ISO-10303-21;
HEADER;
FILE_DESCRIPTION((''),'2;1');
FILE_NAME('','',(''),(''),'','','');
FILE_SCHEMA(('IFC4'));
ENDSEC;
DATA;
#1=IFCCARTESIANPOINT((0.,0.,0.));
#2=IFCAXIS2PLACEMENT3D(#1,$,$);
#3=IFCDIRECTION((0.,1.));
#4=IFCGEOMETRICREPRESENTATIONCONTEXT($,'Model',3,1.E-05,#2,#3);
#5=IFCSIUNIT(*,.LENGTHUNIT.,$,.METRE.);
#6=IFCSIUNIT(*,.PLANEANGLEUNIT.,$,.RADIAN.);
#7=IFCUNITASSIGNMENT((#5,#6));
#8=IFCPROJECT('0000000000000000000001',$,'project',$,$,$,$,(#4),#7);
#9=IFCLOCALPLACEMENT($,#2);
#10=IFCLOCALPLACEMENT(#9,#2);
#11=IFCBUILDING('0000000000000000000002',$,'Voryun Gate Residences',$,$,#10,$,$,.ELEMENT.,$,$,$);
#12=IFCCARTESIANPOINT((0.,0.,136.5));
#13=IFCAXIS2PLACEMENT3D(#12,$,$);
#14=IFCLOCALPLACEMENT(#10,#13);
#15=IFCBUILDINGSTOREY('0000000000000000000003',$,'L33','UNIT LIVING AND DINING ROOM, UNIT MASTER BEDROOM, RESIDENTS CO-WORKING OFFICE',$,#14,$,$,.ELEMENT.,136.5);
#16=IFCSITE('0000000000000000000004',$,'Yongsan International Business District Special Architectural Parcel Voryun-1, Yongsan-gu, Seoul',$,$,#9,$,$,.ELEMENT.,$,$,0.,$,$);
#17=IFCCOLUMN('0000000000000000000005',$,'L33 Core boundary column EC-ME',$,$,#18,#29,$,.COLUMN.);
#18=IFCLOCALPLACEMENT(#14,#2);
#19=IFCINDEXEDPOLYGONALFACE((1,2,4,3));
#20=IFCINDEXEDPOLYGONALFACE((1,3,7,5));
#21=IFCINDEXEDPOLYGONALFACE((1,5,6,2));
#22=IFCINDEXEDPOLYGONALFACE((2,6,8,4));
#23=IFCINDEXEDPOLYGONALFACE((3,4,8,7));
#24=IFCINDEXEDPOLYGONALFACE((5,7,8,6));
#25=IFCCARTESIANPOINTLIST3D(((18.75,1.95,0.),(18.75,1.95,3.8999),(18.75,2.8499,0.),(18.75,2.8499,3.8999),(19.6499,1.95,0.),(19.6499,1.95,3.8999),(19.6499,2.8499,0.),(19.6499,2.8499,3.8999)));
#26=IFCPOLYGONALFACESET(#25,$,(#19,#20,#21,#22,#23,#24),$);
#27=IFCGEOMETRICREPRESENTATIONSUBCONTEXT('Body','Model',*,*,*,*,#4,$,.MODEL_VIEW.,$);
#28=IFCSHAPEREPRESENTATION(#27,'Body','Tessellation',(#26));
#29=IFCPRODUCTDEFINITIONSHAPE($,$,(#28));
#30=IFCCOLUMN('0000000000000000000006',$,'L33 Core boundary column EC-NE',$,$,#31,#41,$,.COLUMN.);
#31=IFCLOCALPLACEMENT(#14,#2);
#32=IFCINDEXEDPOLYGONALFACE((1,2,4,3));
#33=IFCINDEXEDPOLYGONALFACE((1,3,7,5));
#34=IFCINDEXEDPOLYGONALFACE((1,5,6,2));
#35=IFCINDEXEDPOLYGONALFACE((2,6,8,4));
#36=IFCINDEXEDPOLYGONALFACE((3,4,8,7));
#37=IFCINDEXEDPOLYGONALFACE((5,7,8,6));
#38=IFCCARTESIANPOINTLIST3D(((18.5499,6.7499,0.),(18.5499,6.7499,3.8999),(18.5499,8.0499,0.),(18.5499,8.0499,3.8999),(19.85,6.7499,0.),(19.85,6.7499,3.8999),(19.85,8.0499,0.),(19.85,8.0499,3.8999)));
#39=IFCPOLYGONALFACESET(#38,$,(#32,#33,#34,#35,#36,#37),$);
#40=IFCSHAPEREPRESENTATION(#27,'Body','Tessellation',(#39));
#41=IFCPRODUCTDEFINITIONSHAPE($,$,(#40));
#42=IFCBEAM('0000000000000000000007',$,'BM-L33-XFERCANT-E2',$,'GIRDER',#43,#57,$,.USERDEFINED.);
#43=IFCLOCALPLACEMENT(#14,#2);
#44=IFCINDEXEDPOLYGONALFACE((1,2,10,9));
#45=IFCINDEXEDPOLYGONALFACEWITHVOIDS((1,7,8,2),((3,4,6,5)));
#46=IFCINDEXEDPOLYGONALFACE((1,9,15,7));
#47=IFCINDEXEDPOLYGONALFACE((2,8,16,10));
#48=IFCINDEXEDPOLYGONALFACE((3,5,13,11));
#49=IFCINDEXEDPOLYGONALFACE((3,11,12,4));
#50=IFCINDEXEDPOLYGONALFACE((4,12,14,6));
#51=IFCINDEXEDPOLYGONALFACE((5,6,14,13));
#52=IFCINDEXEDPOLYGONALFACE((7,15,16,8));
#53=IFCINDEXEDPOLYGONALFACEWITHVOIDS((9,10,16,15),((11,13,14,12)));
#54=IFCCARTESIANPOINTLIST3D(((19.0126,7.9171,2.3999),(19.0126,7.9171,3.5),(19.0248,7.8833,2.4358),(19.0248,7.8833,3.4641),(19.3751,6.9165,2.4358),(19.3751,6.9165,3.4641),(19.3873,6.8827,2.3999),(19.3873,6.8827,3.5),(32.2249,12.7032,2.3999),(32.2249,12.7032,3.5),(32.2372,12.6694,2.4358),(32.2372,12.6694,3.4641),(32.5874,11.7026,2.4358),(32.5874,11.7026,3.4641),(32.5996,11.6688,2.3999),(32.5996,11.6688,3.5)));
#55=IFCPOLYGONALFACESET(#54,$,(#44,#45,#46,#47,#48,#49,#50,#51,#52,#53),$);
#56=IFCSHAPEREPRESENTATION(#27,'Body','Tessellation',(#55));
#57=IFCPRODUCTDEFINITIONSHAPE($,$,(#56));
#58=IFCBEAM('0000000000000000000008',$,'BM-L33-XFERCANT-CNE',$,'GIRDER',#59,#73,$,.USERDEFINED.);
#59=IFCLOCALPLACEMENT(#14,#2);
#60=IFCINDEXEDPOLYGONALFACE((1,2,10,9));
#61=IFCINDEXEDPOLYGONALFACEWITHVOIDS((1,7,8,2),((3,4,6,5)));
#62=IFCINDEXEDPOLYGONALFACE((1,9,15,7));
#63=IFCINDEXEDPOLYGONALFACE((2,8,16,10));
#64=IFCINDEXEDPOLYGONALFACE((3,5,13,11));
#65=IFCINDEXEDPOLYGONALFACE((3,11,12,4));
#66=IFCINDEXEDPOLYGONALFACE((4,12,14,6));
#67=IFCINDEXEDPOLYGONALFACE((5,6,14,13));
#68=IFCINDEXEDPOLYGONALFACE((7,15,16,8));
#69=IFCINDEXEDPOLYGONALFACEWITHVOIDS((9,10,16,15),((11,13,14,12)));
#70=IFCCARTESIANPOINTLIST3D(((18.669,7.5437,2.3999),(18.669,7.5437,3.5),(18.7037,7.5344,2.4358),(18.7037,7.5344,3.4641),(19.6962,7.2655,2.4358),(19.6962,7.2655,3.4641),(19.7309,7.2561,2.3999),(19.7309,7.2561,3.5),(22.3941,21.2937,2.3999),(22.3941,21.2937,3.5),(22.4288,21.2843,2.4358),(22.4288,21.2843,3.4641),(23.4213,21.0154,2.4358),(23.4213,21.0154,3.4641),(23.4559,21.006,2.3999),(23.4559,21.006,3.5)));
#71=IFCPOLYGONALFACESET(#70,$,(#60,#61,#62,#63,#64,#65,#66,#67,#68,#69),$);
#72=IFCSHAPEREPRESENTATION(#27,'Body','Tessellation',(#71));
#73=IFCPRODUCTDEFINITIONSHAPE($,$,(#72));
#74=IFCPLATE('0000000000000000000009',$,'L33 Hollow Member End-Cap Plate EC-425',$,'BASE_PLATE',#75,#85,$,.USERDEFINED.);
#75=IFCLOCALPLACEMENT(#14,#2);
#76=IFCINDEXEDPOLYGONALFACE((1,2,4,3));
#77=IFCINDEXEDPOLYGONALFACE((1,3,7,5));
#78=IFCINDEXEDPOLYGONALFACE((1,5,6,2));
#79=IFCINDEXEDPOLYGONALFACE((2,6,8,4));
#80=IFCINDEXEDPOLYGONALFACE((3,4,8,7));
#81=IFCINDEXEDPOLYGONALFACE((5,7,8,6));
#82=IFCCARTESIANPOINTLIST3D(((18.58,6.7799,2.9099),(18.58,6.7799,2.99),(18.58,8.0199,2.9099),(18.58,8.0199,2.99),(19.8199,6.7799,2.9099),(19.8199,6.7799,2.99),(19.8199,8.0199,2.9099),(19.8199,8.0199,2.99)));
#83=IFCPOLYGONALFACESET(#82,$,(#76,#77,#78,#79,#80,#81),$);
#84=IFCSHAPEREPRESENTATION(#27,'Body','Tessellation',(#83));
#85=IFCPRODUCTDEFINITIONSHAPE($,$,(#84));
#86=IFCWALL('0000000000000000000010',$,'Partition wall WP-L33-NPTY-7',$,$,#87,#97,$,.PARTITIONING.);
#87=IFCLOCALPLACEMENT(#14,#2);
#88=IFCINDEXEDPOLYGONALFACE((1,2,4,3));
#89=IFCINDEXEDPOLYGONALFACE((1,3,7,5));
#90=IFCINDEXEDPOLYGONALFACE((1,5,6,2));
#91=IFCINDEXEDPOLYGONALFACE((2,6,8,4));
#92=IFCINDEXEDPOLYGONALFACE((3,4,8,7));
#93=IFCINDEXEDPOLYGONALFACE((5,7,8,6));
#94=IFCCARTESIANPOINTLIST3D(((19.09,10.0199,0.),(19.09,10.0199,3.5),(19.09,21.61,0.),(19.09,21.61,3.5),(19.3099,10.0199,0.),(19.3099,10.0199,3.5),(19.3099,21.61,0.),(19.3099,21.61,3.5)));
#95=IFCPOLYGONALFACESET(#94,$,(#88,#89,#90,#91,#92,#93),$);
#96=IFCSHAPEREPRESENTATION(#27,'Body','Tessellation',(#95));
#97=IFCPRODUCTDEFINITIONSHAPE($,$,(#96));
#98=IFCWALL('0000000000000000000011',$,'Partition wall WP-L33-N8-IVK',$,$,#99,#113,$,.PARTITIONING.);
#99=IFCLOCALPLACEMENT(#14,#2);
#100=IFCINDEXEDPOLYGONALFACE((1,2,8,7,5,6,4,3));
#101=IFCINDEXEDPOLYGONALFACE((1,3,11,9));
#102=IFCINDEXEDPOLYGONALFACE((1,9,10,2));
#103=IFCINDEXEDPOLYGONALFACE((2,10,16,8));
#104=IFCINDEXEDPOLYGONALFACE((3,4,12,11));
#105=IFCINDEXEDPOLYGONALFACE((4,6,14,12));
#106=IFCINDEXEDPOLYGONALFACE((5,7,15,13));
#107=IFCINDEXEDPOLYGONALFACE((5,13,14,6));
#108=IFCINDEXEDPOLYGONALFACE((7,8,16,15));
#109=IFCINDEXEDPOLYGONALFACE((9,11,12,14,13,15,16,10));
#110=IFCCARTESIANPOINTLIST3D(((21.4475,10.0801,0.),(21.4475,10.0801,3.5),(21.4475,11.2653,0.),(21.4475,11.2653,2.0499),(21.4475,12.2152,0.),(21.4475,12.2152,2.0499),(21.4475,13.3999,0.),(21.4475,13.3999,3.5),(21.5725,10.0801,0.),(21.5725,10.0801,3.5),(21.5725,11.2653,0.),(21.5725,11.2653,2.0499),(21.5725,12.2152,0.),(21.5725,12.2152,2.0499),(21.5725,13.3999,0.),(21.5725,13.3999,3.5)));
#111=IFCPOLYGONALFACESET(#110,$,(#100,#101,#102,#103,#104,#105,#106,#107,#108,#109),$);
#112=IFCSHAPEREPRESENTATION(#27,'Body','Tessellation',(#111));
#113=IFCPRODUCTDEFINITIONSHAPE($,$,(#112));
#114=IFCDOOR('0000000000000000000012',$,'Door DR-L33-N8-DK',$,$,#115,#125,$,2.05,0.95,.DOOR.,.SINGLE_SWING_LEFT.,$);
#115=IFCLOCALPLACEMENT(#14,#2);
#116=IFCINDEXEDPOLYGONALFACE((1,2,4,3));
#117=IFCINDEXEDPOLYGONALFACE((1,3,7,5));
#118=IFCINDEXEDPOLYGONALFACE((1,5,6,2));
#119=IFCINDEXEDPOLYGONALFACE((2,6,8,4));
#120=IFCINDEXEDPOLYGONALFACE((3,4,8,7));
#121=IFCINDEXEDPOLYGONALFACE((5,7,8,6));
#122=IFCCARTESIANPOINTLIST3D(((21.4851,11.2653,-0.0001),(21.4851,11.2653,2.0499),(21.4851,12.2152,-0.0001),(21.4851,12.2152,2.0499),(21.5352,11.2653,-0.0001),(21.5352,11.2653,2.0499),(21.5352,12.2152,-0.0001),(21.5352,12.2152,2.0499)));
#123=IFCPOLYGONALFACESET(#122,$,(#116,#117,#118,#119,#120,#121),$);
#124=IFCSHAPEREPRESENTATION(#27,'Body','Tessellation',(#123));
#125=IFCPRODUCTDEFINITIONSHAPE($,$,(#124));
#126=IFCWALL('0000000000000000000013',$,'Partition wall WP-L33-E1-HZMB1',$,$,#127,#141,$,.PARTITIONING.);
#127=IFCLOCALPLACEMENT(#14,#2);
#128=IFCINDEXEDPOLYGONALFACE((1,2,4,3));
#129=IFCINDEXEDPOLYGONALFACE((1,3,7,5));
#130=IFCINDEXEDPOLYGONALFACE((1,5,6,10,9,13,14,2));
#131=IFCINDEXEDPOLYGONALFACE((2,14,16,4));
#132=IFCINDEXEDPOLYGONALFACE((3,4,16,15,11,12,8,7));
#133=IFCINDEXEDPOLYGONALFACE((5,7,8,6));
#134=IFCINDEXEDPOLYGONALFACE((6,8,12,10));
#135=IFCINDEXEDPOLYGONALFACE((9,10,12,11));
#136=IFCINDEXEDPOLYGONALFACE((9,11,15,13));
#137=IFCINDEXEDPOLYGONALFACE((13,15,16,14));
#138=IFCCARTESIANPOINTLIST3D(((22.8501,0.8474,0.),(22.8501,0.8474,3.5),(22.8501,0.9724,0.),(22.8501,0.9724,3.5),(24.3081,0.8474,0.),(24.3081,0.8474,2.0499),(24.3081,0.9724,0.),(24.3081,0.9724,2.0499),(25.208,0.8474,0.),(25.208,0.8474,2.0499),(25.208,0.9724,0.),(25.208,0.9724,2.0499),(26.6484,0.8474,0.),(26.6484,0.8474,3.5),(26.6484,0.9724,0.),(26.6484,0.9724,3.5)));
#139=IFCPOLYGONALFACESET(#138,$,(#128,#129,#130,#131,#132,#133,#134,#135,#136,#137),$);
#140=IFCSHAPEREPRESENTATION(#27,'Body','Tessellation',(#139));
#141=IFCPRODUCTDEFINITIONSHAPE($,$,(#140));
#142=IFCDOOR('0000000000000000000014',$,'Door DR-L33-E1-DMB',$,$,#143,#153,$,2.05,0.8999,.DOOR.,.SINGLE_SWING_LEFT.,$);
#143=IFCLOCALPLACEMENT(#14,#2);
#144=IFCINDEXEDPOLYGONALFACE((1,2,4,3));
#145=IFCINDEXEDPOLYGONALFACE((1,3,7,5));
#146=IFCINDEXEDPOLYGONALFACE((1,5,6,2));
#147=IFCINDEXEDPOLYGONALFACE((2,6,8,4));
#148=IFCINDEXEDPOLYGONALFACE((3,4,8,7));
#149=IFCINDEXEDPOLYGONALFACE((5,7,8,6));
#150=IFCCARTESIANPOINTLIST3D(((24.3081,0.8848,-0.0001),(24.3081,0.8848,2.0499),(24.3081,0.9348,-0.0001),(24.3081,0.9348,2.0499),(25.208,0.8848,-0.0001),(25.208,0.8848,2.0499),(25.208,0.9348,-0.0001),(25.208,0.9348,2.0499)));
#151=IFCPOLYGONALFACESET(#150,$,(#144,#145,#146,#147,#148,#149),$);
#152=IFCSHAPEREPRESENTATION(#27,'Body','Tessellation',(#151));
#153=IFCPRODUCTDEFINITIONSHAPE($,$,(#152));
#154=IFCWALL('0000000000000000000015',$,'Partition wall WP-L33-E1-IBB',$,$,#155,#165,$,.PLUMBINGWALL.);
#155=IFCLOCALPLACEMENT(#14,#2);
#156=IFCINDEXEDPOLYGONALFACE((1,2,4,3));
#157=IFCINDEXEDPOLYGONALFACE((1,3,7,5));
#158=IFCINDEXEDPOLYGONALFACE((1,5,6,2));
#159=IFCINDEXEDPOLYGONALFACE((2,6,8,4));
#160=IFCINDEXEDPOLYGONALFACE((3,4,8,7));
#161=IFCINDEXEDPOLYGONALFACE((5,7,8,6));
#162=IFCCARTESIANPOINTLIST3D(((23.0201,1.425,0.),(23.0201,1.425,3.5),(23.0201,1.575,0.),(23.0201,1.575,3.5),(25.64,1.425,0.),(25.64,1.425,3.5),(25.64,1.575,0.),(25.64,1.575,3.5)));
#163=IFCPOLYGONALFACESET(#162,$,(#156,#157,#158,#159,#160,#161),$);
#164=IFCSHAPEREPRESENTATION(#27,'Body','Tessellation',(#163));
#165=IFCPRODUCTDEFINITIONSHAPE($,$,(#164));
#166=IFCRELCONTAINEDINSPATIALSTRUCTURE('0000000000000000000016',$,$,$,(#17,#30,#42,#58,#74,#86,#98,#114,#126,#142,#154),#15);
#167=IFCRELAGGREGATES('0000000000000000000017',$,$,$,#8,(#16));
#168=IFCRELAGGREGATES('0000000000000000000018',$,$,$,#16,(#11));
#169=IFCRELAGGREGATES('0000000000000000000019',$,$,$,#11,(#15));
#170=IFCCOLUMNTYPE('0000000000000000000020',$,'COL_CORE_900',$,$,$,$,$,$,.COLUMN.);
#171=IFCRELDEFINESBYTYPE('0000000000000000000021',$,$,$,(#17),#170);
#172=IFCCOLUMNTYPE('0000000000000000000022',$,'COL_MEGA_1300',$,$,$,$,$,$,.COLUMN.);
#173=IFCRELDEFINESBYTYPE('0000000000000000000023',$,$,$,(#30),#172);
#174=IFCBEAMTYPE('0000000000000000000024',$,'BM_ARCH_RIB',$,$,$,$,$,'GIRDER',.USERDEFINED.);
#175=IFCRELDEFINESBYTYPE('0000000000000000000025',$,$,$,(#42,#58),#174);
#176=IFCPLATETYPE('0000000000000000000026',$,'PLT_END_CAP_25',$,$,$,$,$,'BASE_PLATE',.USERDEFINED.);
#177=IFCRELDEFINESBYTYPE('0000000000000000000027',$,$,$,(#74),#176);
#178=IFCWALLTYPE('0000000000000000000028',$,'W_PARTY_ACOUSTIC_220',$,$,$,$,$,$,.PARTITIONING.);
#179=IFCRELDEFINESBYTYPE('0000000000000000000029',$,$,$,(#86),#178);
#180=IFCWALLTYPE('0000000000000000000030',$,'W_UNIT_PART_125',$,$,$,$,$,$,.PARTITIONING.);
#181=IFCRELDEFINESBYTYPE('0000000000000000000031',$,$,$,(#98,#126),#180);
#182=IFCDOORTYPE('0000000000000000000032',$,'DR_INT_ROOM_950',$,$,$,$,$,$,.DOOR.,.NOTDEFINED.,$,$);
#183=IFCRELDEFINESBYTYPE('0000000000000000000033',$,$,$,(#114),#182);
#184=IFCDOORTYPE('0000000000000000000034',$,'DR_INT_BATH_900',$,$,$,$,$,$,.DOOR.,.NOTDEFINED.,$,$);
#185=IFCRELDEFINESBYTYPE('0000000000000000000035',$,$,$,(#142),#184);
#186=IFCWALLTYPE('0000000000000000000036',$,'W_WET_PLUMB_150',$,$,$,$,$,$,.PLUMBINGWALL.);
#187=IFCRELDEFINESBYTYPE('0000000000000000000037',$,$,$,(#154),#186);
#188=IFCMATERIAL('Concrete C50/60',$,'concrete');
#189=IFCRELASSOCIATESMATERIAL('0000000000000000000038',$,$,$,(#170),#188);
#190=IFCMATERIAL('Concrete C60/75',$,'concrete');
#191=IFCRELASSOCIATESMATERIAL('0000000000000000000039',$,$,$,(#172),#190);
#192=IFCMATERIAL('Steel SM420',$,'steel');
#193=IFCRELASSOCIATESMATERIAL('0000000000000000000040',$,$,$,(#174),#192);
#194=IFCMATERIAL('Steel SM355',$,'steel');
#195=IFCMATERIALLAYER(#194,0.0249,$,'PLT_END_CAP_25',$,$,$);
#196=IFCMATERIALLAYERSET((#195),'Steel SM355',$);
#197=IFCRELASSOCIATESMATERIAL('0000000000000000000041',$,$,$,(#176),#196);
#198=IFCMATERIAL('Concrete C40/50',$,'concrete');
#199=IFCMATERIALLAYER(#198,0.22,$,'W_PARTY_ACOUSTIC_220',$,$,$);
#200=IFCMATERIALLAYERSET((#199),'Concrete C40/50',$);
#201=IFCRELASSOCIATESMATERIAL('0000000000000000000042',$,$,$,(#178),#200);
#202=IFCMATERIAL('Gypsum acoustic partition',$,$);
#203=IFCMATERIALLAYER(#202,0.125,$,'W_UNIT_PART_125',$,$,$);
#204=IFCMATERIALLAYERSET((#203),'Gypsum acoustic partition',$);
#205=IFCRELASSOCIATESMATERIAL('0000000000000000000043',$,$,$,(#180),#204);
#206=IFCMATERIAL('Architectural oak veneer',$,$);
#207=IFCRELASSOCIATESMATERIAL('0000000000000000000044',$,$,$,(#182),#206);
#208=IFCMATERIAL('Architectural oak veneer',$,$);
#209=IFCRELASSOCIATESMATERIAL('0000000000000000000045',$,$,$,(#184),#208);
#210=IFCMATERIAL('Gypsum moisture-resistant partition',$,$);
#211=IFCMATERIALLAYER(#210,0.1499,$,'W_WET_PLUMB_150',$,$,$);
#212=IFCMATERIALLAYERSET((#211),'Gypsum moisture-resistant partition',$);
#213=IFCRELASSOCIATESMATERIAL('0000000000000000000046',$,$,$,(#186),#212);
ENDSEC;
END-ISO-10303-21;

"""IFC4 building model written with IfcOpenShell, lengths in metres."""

from ifc_helpers import new_model, si_unit, direction, frame, frame_2d, origin, origin_2d, place, context, subcontext, project, spatial, rectangle, hollow_rectangle, extrude, material, layer, layer_set, material_profile, profile_set, type_object, element, fill, save


model = new_model("IFC4")

# Units and contexts
model_context = context("Model", 3, precision=1e-05, world=origin(), true_north=direction((0.0, 1.0)))
body_context = subcontext(model_context, "Body", "Model", "MODEL_VIEW")
ifc_project = project(units=[si_unit("LENGTHUNIT", "METRE"), si_unit("PLANEANGLEUNIT", "RADIAN")], contexts=[model_context])

# Site, building, storey
site_placement = place(None, origin())
site = spatial("IfcSite", under=ifc_project, at=site_placement, Name="Yongsan International Business District Special Architectural Parcel Voryun-1, Yongsan-gu, Seoul", CompositionType="ELEMENT", RefElevation=0.0)
building_placement = place(site_placement, origin())
building = spatial("IfcBuilding", under=site, at=building_placement, Name="Voryun Gate Residences", CompositionType="ELEMENT")
storey_placement = place(building_placement, frame((0.0, 0.0, 136.5)))
storey = spatial("IfcBuildingStorey", under=building, at=storey_placement, Name="L33", Description="UNIT LIVING AND DINING ROOM, UNIT MASTER BEDROOM, RESIDENTS CO-WORKING OFFICE", CompositionType="ELEMENT", Elevation=136.5)

# Columns
ifc_material_1 = material(Name="Concrete C50/60", Category="concrete")
ifc_material_profile_1 = material_profile(ifc_material_1, rectangle(XDim=0.8999, YDim=0.8999, at=origin_2d()), Name="RC-900x900")
ifc_profile_set_1 = profile_set([ifc_material_profile_1], Name="Concrete C50/60")
column_type_1 = type_object("IfcColumnType", Name="COL_CORE_900", PredefinedType="COLUMN", material=ifc_profile_set_1)
column_1_placement = place(storey_placement, frame((19.2, 2.3999, 0.0), z_axis=(0.0, 0.0, 1.0), x_axis=(1.0, 0.0, 0.0)))
element("IfcColumn", 1, at=column_1_placement, inside=storey, type_object=column_type_1, Name="L33 Core boundary column EC-ME", PredefinedType="COLUMN", context=body_context, shape_type="SweptSolid", body=[
    extrude(rectangle(XDim=0.8999, YDim=0.8999, at=origin_2d()), origin(), (0.0, 0.0, 1.0), 3.8999),
])
ifc_material_2 = material(Name="Concrete C60/75", Category="concrete")
ifc_material_profile_2 = material_profile(ifc_material_2, rectangle(XDim=1.3, YDim=1.3, at=origin_2d()), Name="RC-1300x1300")
ifc_profile_set_2 = profile_set([ifc_material_profile_2], Name="Concrete C60/75")
column_type_2 = type_object("IfcColumnType", Name="COL_MEGA_1300", PredefinedType="COLUMN", material=ifc_profile_set_2)
column_2_placement = place(storey_placement, frame((19.2, 7.3999, 0.0), z_axis=(0.0, 0.0, 1.0), x_axis=(1.0, 0.0, 0.0)))
element("IfcColumn", 2, at=column_2_placement, inside=storey, type_object=column_type_2, Name="L33 Core boundary column EC-NE", PredefinedType="COLUMN", context=body_context, shape_type="SweptSolid", body=[
    extrude(rectangle(XDim=1.3, YDim=1.3, at=origin_2d()), origin(), (0.0, 0.0, 1.0), 3.8999),
])

# Beams
ifc_material_3 = material(Name="Steel SM420", Category="steel")
ifc_material_profile_3 = material_profile(ifc_material_3, hollow_rectangle(XDim=1.1001, YDim=1.1001, WallThickness=0.0359, at=origin_2d()), Name="BOX-1100x1100x36")
ifc_profile_set_3 = profile_set([ifc_material_profile_3], Name="Steel SM420")
beam_type = type_object("IfcBeamType", Name="BM_ARCH_RIB", ElementType="GIRDER", PredefinedType="USERDEFINED", material=ifc_profile_set_3)
beam_1_placement = place(storey_placement, frame((19.2, 7.3999, 2.95), z_axis=(0.940213, 0.340588, 0.0), x_axis=(-0.340588, 0.940213, 0.0)))
element("IfcBeam", 3, at=beam_1_placement, inside=storey, type_object=beam_type, Name="BM-L33-XFERCANT-E2", ObjectType="GIRDER", PredefinedType="USERDEFINED", context=body_context, shape_type="SweptSolid", body=[
    extrude(hollow_rectangle(XDim=1.1001, YDim=1.1001, WallThickness=0.0359, at=origin_2d()), origin(), (0.0, 0.0, 1.0), 14.0525),
])
beam_2_placement = place(storey_placement, frame((19.2, 7.3999, 2.95), z_axis=(0.26149, 0.965206, 0.0), x_axis=(-0.965206, 0.26149, 0.0)))
element("IfcBeam", 4, at=beam_2_placement, inside=storey, type_object=beam_type, Name="BM-L33-XFERCANT-CNE", ObjectType="GIRDER", PredefinedType="USERDEFINED", context=body_context, shape_type="SweptSolid", body=[
    extrude(hollow_rectangle(XDim=1.1001, YDim=1.1001, WallThickness=0.0359, at=origin_2d()), origin(), (0.0, 0.0, 1.0), 14.2456),
])

# Plate
ifc_material_4 = material(Name="Steel SM355", Category="steel")
ifc_layer_1 = layer(ifc_material_4, 0.0249, Name="PLT_END_CAP_25")
ifc_layer_set_1 = layer_set([ifc_layer_1], Name="Steel SM355")
plate_type = type_object("IfcPlateType", Name="PLT_END_CAP_25", ElementType="BASE_PLATE", PredefinedType="USERDEFINED", material=ifc_layer_set_1)
plate_placement = place(storey_placement, frame((19.2, 7.3999, 2.9099), z_axis=(0.0, 0.0, 1.0), x_axis=(1.0, 0.0, 0.0)))
element("IfcPlate", 5, at=plate_placement, inside=storey, type_object=plate_type, Name="L33 Hollow Member End-Cap Plate EC-425", ObjectType="BASE_PLATE", PredefinedType="USERDEFINED", context=body_context, shape_type="SweptSolid", body=[
    extrude(rectangle(XDim=1.24, YDim=1.24, at=origin_2d()), origin(), (0.0, 0.0, 1.0), 0.0801),
])

# Wall
ifc_material_5 = material(Name="Concrete C40/50", Category="concrete")
ifc_layer_2 = layer(ifc_material_5, 0.22, Name="W_PARTY_ACOUSTIC_220")
ifc_layer_set_2 = layer_set([ifc_layer_2], Name="Concrete C40/50")
wall_type_1 = type_object("IfcWallType", Name="W_PARTY_ACOUSTIC_220", PredefinedType="PARTITIONING", material=ifc_layer_set_2)
wall_1_placement = place(storey_placement, frame((19.2, 10.02, 0.0), z_axis=(0.0, 0.0, 1.0), x_axis=(0.0, 1.0, 0.0)))
element("IfcWall", 6, at=wall_1_placement, inside=storey, type_object=wall_type_1, Name="Partition wall WP-L33-NPTY-7", PredefinedType="PARTITIONING", context=body_context, shape_type="SweptSolid", body=[
    extrude(rectangle(XDim=11.5901, YDim=0.22, at=frame_2d((5.7949, 0.0))), origin(), (0.0, 0.0, 1.0), 3.5),
])

# Walls, openings, doors
ifc_material_6 = material(Name="Gypsum acoustic partition")
ifc_layer_3 = layer(ifc_material_6, 0.125, Name="W_UNIT_PART_125")
ifc_layer_set_3 = layer_set([ifc_layer_3], Name="Gypsum acoustic partition")
wall_type_2 = type_object("IfcWallType", Name="W_UNIT_PART_125", PredefinedType="PARTITIONING", material=ifc_layer_set_3)
wall_2_placement = place(storey_placement, frame((21.51, 10.0801, 0.0), z_axis=(0.0, 0.0, 1.0), x_axis=(0.0, 1.0, 0.0)))
wall_2 = element("IfcWall", 7, at=wall_2_placement, inside=storey, type_object=wall_type_2, Name="Partition wall WP-L33-N8-IVK", PredefinedType="PARTITIONING", context=body_context, shape_type="SweptSolid", body=[
    extrude(rectangle(XDim=3.3198, YDim=0.125, at=frame_2d((1.6599, 0.0))), origin(), (0.0, 0.0, 1.0), 3.5),
])
opening_1_placement = place(wall_2_placement, frame((1.1851, 0.0, 0.0)))
opening_1 = element("IfcOpeningElement", 8, at=opening_1_placement, cuts=wall_2, PredefinedType="OPENING", context=body_context, shape_type="SweptSolid", body=[
    extrude(rectangle(XDim=0.95, YDim=2.05, at=frame_2d((0.4751, 1.0249))), frame((0.0, 0.0725, 0.0), z_axis=(0.0, -1.0, 0.0), x_axis=(1.0, 0.0, 0.0)), (0.0, 0.0, 1.0), 0.145),
])
ifc_material_7 = material(Name="Architectural oak veneer")
door_type_1 = type_object("IfcDoorType", Name="DR_INT_ROOM_950", OperationType="NOTDEFINED", PredefinedType="DOOR", material=ifc_material_7)
door_1_placement = place(opening_1_placement, origin())
door_1 = element("IfcDoor", 9, at=door_1_placement, inside=storey, type_object=door_type_1, Name="Door DR-L33-N8-DK", OperationType="SINGLE_SWING_LEFT", OverallHeight=2.05, OverallWidth=0.95, PredefinedType="DOOR", context=body_context, shape_type="SweptSolid", body=[
    extrude(rectangle(XDim=0.95, YDim=2.05, at=frame_2d((0.4751, 1.0249))), frame((0.0, 0.0249, 0.0), z_axis=(0.0, -1.0, 0.0), x_axis=(1.0, 0.0, 0.0)), (0.0, 0.0, 1.0), 0.05),
])
fill(opening_1, door_1)
wall_3_placement = place(storey_placement, frame((22.8501, 0.9099, 0.0), z_axis=(0.0, 0.0, 1.0), x_axis=(1.0, 0.0, 0.0)))
wall_3 = element("IfcWall", 10, at=wall_3_placement, inside=storey, type_object=wall_type_2, Name="Partition wall WP-L33-E1-HZMB1", PredefinedType="PARTITIONING", context=body_context, shape_type="SweptSolid", body=[
    extrude(rectangle(XDim=3.7983, YDim=0.125, at=frame_2d((1.8992, 0.0))), origin(), (0.0, 0.0, 1.0), 3.5),
])
opening_2_placement = place(wall_3_placement, frame((1.458, 0.0, 0.0)))
opening_2 = element("IfcOpeningElement", 11, at=opening_2_placement, cuts=wall_3, PredefinedType="OPENING", context=body_context, shape_type="SweptSolid", body=[
    extrude(rectangle(XDim=0.8999, YDim=2.05, at=frame_2d((0.45, 1.0249))), frame((0.0, 0.0725, 0.0), z_axis=(0.0, -1.0, 0.0), x_axis=(1.0, 0.0, 0.0)), (0.0, 0.0, 1.0), 0.145),
])
ifc_material_8 = material(Name="Architectural oak veneer")
door_type_2 = type_object("IfcDoorType", Name="DR_INT_BATH_900", OperationType="NOTDEFINED", PredefinedType="DOOR", material=ifc_material_8)
door_2_placement = place(opening_2_placement, origin())
door_2 = element("IfcDoor", 12, at=door_2_placement, inside=storey, type_object=door_type_2, Name="Door DR-L33-E1-DMB", OperationType="SINGLE_SWING_LEFT", OverallHeight=2.05, OverallWidth=0.8999, PredefinedType="DOOR", context=body_context, shape_type="SweptSolid", body=[
    extrude(rectangle(XDim=0.8999, YDim=2.05, at=frame_2d((0.45, 1.0249))), frame((0.0, 0.0249, 0.0), z_axis=(0.0, -1.0, 0.0), x_axis=(1.0, 0.0, 0.0)), (0.0, 0.0, 1.0), 0.05),
])
fill(opening_2, door_2)

# Wall
ifc_material_9 = material(Name="Gypsum moisture-resistant partition")
ifc_layer_4 = layer(ifc_material_9, 0.1499, Name="W_WET_PLUMB_150")
ifc_layer_set_4 = layer_set([ifc_layer_4], Name="Gypsum moisture-resistant partition")
wall_type_3 = type_object("IfcWallType", Name="W_WET_PLUMB_150", PredefinedType="PLUMBINGWALL", material=ifc_layer_set_4)
wall_4_placement = place(storey_placement, frame((23.02, 1.5, 0.0), z_axis=(0.0, 0.0, 1.0), x_axis=(1.0, 0.0, 0.0)))
element("IfcWall", 13, at=wall_4_placement, inside=storey, type_object=wall_type_3, Name="Partition wall WP-L33-E1-IBB", PredefinedType="PLUMBINGWALL", context=body_context, shape_type="SweptSolid", body=[
    extrude(rectangle(XDim=2.6199, YDim=0.1499, at=frame_2d((1.3101, 0.0))), origin(), (0.0, 0.0, 1.0), 3.5),
])

save(model, "model.ifc")
